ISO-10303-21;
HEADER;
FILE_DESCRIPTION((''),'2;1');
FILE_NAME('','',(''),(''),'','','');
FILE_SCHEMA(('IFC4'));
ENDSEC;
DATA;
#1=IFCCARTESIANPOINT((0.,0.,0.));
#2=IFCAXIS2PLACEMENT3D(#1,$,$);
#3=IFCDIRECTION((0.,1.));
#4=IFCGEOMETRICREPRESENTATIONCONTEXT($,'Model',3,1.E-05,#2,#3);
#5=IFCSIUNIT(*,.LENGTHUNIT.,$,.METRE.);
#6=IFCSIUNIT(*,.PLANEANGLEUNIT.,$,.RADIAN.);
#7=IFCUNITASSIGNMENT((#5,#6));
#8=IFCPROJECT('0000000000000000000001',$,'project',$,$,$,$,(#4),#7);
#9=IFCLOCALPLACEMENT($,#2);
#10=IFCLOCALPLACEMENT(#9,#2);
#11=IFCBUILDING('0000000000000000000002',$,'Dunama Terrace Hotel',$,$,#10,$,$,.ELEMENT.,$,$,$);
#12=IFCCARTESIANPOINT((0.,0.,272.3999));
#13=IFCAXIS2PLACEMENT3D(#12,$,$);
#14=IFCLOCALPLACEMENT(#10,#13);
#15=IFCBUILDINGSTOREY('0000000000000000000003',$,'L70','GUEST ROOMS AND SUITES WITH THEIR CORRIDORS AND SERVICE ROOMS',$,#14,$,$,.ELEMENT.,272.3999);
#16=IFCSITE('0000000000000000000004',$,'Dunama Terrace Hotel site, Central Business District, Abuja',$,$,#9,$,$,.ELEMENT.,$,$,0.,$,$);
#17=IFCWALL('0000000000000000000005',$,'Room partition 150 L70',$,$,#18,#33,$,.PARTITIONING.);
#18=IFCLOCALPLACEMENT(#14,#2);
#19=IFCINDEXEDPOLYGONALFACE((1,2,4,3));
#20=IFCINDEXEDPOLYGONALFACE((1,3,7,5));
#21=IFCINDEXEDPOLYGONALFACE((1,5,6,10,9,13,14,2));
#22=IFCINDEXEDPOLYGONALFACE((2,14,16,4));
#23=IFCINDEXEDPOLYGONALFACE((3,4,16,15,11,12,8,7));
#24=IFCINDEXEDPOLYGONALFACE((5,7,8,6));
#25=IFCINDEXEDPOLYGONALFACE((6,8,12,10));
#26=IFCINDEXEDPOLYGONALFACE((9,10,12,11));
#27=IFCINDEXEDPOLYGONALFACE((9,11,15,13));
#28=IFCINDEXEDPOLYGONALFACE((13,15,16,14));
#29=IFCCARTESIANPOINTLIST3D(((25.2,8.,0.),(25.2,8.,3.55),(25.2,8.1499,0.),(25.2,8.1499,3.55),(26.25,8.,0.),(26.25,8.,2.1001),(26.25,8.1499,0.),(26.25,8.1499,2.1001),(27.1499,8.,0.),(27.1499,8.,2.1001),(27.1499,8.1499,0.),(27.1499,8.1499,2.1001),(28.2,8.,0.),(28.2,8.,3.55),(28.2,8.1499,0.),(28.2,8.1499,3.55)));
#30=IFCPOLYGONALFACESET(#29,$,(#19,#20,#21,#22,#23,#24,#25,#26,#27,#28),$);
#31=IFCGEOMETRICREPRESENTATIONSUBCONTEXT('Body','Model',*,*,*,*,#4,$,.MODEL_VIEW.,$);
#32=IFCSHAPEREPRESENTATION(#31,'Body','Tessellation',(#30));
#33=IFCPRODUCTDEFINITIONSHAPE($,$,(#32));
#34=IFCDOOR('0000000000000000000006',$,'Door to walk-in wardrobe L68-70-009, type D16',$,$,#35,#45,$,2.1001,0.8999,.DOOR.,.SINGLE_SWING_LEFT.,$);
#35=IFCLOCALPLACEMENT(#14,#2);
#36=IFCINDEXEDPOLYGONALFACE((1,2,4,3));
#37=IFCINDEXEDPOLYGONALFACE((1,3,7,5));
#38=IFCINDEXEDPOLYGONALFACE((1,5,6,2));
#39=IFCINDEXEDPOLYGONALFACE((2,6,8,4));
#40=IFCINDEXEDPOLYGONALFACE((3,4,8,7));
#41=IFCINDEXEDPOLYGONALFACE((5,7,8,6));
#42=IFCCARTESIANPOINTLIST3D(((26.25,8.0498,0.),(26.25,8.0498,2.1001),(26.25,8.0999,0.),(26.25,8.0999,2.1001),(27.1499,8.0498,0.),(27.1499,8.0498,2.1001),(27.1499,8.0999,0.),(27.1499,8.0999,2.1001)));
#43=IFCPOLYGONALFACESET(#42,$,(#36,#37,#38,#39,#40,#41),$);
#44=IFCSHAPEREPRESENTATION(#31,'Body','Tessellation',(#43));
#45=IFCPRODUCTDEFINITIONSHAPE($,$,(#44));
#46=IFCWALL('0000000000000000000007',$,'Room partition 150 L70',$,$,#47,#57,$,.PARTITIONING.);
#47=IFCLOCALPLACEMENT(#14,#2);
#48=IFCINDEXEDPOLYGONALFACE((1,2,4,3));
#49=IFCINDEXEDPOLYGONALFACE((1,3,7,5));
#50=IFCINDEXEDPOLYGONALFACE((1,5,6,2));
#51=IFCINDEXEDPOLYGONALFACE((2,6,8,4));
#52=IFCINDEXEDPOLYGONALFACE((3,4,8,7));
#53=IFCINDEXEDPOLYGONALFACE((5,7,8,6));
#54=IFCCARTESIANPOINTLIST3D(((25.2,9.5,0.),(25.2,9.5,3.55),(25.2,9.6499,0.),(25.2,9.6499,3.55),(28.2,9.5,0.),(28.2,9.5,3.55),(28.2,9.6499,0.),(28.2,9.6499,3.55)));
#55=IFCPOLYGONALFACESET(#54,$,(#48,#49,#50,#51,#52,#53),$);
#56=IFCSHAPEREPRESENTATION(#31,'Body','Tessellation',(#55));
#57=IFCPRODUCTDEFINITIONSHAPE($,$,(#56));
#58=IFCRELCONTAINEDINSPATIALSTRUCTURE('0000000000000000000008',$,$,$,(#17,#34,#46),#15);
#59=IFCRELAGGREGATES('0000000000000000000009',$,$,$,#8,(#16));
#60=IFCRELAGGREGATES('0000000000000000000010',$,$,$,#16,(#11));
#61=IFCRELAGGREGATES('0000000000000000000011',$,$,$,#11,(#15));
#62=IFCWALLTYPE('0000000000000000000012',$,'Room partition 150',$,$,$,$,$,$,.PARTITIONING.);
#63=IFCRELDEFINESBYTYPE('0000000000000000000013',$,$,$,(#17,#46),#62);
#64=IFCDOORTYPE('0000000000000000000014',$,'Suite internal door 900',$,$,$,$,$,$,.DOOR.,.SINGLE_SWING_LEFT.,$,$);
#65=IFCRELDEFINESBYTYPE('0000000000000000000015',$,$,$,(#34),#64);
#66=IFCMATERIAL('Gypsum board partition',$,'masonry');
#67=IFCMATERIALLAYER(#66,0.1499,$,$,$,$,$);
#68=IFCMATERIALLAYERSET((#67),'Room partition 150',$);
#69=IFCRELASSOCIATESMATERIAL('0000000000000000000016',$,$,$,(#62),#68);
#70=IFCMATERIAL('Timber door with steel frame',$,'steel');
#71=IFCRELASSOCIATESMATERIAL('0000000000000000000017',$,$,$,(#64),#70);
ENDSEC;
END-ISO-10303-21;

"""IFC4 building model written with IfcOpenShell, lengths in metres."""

from ifc_helpers import new_model, si_unit, direction, frame, frame_2d, origin, place, context, subcontext, project, spatial, rectangle, extrude, material, layer, layer_set, type_object, element, fill, save


model = new_model("IFC4")

# Units and contexts
model_context = context("Model", 3, precision=1e-05, world=origin(), true_north=direction((0.0, 1.0)))
body_context = subcontext(model_context, "Body", "Model", "MODEL_VIEW")
ifc_project = project(units=[si_unit("LENGTHUNIT", "METRE"), si_unit("PLANEANGLEUNIT", "RADIAN")], contexts=[model_context])

# Site, building, storey
site_placement = place(None, origin())
site = spatial("IfcSite", under=ifc_project, at=site_placement, Name="Dunama Terrace Hotel site, Central Business District, Abuja", CompositionType="ELEMENT", RefElevation=0.0)
building_placement = place(site_placement, origin())
building = spatial("IfcBuilding", under=site, at=building_placement, Name="Dunama Terrace Hotel", CompositionType="ELEMENT")
storey_placement = place(building_placement, frame((0.0, 0.0, 272.3999)))
storey = spatial("IfcBuildingStorey", under=building, at=storey_placement, Name="L70", Description="GUEST ROOMS AND SUITES WITH THEIR CORRIDORS AND SERVICE ROOMS", CompositionType="ELEMENT", Elevation=272.3999)

# Shared definitions
ifc_material_1 = material(Name="Gypsum board partition", Category="masonry")
ifc_layer_1 = layer(ifc_material_1, 0.1499)
ifc_layer_set_1 = layer_set([ifc_layer_1], Name="Room partition 150")
wall_type_1 = type_object("IfcWallType", Name="Room partition 150", PredefinedType="PARTITIONING", material=ifc_layer_set_1)
ifc_material_2 = material(Name="Timber door with steel frame", Category="steel")
door_type_1 = type_object("IfcDoorType", Name="Suite internal door 900", OperationType="SINGLE_SWING_LEFT", PredefinedType="DOOR", material=ifc_material_2)

# Wall, opening, door
wall_1_placement = place(storey_placement, frame((25.2, 8.075, 0.0), z_axis=(0.0, 0.0, 1.0), x_axis=(1.0, 0.0, 0.0)))
wall_1 = element("IfcWall", 1, at=wall_1_placement, inside=storey, type_object=wall_type_1, Name="Room partition 150 L70", PredefinedType="PARTITIONING", context=body_context, shape_type="SweptSolid", body=[
    extrude(rectangle(XDim=3.0, YDim=0.1499, at=frame_2d((1.5, 0.0))), origin(), (0.0, 0.0, 1.0), 3.55),
])
opening_1_placement = place(wall_1_placement, frame((1.05, 0.0, 0.0)))
opening_1 = element("IfcOpeningElement", 2, at=opening_1_placement, cuts=wall_1, PredefinedType="OPENING", context=body_context, shape_type="SweptSolid", body=[
    extrude(rectangle(XDim=0.8999, YDim=2.1001, at=frame_2d((0.45, 1.05))), frame((0.0, 0.085, 0.0), z_axis=(0.0, -1.0, 0.0), x_axis=(1.0, 0.0, 0.0)), (0.0, 0.0, 1.0), 0.1699),
])
door_1_placement = place(opening_1_placement, origin())
door_1 = element("IfcDoor", 3, at=door_1_placement, inside=storey, type_object=door_type_1, Name="Door to walk-in wardrobe L68-70-009, type D16", OperationType="SINGLE_SWING_LEFT", OverallHeight=2.1001, OverallWidth=0.8999, PredefinedType="DOOR", context=body_context, shape_type="SweptSolid", body=[
    extrude(rectangle(XDim=0.8999, YDim=2.1001, at=frame_2d((0.45, 1.05))), frame((0.0, 0.0249, 0.0), z_axis=(0.0, -1.0, 0.0), x_axis=(1.0, 0.0, 0.0)), (0.0, 0.0, 1.0), 0.05),
])
fill(opening_1, door_1)

# Wall
wall_2_placement = place(storey_placement, frame((25.2, 9.575, 0.0), z_axis=(0.0, 0.0, 1.0), x_axis=(1.0, 0.0, 0.0)))
element("IfcWall", 4, at=wall_2_placement, inside=storey, type_object=wall_type_1, Name="Room partition 150 L70", PredefinedType="PARTITIONING", context=body_context, shape_type="SweptSolid", body=[
    extrude(rectangle(XDim=3.0, YDim=0.1499, at=frame_2d((1.5, 0.0))), origin(), (0.0, 0.0, 1.0), 3.55),
])

save(model, "model.ifc")
